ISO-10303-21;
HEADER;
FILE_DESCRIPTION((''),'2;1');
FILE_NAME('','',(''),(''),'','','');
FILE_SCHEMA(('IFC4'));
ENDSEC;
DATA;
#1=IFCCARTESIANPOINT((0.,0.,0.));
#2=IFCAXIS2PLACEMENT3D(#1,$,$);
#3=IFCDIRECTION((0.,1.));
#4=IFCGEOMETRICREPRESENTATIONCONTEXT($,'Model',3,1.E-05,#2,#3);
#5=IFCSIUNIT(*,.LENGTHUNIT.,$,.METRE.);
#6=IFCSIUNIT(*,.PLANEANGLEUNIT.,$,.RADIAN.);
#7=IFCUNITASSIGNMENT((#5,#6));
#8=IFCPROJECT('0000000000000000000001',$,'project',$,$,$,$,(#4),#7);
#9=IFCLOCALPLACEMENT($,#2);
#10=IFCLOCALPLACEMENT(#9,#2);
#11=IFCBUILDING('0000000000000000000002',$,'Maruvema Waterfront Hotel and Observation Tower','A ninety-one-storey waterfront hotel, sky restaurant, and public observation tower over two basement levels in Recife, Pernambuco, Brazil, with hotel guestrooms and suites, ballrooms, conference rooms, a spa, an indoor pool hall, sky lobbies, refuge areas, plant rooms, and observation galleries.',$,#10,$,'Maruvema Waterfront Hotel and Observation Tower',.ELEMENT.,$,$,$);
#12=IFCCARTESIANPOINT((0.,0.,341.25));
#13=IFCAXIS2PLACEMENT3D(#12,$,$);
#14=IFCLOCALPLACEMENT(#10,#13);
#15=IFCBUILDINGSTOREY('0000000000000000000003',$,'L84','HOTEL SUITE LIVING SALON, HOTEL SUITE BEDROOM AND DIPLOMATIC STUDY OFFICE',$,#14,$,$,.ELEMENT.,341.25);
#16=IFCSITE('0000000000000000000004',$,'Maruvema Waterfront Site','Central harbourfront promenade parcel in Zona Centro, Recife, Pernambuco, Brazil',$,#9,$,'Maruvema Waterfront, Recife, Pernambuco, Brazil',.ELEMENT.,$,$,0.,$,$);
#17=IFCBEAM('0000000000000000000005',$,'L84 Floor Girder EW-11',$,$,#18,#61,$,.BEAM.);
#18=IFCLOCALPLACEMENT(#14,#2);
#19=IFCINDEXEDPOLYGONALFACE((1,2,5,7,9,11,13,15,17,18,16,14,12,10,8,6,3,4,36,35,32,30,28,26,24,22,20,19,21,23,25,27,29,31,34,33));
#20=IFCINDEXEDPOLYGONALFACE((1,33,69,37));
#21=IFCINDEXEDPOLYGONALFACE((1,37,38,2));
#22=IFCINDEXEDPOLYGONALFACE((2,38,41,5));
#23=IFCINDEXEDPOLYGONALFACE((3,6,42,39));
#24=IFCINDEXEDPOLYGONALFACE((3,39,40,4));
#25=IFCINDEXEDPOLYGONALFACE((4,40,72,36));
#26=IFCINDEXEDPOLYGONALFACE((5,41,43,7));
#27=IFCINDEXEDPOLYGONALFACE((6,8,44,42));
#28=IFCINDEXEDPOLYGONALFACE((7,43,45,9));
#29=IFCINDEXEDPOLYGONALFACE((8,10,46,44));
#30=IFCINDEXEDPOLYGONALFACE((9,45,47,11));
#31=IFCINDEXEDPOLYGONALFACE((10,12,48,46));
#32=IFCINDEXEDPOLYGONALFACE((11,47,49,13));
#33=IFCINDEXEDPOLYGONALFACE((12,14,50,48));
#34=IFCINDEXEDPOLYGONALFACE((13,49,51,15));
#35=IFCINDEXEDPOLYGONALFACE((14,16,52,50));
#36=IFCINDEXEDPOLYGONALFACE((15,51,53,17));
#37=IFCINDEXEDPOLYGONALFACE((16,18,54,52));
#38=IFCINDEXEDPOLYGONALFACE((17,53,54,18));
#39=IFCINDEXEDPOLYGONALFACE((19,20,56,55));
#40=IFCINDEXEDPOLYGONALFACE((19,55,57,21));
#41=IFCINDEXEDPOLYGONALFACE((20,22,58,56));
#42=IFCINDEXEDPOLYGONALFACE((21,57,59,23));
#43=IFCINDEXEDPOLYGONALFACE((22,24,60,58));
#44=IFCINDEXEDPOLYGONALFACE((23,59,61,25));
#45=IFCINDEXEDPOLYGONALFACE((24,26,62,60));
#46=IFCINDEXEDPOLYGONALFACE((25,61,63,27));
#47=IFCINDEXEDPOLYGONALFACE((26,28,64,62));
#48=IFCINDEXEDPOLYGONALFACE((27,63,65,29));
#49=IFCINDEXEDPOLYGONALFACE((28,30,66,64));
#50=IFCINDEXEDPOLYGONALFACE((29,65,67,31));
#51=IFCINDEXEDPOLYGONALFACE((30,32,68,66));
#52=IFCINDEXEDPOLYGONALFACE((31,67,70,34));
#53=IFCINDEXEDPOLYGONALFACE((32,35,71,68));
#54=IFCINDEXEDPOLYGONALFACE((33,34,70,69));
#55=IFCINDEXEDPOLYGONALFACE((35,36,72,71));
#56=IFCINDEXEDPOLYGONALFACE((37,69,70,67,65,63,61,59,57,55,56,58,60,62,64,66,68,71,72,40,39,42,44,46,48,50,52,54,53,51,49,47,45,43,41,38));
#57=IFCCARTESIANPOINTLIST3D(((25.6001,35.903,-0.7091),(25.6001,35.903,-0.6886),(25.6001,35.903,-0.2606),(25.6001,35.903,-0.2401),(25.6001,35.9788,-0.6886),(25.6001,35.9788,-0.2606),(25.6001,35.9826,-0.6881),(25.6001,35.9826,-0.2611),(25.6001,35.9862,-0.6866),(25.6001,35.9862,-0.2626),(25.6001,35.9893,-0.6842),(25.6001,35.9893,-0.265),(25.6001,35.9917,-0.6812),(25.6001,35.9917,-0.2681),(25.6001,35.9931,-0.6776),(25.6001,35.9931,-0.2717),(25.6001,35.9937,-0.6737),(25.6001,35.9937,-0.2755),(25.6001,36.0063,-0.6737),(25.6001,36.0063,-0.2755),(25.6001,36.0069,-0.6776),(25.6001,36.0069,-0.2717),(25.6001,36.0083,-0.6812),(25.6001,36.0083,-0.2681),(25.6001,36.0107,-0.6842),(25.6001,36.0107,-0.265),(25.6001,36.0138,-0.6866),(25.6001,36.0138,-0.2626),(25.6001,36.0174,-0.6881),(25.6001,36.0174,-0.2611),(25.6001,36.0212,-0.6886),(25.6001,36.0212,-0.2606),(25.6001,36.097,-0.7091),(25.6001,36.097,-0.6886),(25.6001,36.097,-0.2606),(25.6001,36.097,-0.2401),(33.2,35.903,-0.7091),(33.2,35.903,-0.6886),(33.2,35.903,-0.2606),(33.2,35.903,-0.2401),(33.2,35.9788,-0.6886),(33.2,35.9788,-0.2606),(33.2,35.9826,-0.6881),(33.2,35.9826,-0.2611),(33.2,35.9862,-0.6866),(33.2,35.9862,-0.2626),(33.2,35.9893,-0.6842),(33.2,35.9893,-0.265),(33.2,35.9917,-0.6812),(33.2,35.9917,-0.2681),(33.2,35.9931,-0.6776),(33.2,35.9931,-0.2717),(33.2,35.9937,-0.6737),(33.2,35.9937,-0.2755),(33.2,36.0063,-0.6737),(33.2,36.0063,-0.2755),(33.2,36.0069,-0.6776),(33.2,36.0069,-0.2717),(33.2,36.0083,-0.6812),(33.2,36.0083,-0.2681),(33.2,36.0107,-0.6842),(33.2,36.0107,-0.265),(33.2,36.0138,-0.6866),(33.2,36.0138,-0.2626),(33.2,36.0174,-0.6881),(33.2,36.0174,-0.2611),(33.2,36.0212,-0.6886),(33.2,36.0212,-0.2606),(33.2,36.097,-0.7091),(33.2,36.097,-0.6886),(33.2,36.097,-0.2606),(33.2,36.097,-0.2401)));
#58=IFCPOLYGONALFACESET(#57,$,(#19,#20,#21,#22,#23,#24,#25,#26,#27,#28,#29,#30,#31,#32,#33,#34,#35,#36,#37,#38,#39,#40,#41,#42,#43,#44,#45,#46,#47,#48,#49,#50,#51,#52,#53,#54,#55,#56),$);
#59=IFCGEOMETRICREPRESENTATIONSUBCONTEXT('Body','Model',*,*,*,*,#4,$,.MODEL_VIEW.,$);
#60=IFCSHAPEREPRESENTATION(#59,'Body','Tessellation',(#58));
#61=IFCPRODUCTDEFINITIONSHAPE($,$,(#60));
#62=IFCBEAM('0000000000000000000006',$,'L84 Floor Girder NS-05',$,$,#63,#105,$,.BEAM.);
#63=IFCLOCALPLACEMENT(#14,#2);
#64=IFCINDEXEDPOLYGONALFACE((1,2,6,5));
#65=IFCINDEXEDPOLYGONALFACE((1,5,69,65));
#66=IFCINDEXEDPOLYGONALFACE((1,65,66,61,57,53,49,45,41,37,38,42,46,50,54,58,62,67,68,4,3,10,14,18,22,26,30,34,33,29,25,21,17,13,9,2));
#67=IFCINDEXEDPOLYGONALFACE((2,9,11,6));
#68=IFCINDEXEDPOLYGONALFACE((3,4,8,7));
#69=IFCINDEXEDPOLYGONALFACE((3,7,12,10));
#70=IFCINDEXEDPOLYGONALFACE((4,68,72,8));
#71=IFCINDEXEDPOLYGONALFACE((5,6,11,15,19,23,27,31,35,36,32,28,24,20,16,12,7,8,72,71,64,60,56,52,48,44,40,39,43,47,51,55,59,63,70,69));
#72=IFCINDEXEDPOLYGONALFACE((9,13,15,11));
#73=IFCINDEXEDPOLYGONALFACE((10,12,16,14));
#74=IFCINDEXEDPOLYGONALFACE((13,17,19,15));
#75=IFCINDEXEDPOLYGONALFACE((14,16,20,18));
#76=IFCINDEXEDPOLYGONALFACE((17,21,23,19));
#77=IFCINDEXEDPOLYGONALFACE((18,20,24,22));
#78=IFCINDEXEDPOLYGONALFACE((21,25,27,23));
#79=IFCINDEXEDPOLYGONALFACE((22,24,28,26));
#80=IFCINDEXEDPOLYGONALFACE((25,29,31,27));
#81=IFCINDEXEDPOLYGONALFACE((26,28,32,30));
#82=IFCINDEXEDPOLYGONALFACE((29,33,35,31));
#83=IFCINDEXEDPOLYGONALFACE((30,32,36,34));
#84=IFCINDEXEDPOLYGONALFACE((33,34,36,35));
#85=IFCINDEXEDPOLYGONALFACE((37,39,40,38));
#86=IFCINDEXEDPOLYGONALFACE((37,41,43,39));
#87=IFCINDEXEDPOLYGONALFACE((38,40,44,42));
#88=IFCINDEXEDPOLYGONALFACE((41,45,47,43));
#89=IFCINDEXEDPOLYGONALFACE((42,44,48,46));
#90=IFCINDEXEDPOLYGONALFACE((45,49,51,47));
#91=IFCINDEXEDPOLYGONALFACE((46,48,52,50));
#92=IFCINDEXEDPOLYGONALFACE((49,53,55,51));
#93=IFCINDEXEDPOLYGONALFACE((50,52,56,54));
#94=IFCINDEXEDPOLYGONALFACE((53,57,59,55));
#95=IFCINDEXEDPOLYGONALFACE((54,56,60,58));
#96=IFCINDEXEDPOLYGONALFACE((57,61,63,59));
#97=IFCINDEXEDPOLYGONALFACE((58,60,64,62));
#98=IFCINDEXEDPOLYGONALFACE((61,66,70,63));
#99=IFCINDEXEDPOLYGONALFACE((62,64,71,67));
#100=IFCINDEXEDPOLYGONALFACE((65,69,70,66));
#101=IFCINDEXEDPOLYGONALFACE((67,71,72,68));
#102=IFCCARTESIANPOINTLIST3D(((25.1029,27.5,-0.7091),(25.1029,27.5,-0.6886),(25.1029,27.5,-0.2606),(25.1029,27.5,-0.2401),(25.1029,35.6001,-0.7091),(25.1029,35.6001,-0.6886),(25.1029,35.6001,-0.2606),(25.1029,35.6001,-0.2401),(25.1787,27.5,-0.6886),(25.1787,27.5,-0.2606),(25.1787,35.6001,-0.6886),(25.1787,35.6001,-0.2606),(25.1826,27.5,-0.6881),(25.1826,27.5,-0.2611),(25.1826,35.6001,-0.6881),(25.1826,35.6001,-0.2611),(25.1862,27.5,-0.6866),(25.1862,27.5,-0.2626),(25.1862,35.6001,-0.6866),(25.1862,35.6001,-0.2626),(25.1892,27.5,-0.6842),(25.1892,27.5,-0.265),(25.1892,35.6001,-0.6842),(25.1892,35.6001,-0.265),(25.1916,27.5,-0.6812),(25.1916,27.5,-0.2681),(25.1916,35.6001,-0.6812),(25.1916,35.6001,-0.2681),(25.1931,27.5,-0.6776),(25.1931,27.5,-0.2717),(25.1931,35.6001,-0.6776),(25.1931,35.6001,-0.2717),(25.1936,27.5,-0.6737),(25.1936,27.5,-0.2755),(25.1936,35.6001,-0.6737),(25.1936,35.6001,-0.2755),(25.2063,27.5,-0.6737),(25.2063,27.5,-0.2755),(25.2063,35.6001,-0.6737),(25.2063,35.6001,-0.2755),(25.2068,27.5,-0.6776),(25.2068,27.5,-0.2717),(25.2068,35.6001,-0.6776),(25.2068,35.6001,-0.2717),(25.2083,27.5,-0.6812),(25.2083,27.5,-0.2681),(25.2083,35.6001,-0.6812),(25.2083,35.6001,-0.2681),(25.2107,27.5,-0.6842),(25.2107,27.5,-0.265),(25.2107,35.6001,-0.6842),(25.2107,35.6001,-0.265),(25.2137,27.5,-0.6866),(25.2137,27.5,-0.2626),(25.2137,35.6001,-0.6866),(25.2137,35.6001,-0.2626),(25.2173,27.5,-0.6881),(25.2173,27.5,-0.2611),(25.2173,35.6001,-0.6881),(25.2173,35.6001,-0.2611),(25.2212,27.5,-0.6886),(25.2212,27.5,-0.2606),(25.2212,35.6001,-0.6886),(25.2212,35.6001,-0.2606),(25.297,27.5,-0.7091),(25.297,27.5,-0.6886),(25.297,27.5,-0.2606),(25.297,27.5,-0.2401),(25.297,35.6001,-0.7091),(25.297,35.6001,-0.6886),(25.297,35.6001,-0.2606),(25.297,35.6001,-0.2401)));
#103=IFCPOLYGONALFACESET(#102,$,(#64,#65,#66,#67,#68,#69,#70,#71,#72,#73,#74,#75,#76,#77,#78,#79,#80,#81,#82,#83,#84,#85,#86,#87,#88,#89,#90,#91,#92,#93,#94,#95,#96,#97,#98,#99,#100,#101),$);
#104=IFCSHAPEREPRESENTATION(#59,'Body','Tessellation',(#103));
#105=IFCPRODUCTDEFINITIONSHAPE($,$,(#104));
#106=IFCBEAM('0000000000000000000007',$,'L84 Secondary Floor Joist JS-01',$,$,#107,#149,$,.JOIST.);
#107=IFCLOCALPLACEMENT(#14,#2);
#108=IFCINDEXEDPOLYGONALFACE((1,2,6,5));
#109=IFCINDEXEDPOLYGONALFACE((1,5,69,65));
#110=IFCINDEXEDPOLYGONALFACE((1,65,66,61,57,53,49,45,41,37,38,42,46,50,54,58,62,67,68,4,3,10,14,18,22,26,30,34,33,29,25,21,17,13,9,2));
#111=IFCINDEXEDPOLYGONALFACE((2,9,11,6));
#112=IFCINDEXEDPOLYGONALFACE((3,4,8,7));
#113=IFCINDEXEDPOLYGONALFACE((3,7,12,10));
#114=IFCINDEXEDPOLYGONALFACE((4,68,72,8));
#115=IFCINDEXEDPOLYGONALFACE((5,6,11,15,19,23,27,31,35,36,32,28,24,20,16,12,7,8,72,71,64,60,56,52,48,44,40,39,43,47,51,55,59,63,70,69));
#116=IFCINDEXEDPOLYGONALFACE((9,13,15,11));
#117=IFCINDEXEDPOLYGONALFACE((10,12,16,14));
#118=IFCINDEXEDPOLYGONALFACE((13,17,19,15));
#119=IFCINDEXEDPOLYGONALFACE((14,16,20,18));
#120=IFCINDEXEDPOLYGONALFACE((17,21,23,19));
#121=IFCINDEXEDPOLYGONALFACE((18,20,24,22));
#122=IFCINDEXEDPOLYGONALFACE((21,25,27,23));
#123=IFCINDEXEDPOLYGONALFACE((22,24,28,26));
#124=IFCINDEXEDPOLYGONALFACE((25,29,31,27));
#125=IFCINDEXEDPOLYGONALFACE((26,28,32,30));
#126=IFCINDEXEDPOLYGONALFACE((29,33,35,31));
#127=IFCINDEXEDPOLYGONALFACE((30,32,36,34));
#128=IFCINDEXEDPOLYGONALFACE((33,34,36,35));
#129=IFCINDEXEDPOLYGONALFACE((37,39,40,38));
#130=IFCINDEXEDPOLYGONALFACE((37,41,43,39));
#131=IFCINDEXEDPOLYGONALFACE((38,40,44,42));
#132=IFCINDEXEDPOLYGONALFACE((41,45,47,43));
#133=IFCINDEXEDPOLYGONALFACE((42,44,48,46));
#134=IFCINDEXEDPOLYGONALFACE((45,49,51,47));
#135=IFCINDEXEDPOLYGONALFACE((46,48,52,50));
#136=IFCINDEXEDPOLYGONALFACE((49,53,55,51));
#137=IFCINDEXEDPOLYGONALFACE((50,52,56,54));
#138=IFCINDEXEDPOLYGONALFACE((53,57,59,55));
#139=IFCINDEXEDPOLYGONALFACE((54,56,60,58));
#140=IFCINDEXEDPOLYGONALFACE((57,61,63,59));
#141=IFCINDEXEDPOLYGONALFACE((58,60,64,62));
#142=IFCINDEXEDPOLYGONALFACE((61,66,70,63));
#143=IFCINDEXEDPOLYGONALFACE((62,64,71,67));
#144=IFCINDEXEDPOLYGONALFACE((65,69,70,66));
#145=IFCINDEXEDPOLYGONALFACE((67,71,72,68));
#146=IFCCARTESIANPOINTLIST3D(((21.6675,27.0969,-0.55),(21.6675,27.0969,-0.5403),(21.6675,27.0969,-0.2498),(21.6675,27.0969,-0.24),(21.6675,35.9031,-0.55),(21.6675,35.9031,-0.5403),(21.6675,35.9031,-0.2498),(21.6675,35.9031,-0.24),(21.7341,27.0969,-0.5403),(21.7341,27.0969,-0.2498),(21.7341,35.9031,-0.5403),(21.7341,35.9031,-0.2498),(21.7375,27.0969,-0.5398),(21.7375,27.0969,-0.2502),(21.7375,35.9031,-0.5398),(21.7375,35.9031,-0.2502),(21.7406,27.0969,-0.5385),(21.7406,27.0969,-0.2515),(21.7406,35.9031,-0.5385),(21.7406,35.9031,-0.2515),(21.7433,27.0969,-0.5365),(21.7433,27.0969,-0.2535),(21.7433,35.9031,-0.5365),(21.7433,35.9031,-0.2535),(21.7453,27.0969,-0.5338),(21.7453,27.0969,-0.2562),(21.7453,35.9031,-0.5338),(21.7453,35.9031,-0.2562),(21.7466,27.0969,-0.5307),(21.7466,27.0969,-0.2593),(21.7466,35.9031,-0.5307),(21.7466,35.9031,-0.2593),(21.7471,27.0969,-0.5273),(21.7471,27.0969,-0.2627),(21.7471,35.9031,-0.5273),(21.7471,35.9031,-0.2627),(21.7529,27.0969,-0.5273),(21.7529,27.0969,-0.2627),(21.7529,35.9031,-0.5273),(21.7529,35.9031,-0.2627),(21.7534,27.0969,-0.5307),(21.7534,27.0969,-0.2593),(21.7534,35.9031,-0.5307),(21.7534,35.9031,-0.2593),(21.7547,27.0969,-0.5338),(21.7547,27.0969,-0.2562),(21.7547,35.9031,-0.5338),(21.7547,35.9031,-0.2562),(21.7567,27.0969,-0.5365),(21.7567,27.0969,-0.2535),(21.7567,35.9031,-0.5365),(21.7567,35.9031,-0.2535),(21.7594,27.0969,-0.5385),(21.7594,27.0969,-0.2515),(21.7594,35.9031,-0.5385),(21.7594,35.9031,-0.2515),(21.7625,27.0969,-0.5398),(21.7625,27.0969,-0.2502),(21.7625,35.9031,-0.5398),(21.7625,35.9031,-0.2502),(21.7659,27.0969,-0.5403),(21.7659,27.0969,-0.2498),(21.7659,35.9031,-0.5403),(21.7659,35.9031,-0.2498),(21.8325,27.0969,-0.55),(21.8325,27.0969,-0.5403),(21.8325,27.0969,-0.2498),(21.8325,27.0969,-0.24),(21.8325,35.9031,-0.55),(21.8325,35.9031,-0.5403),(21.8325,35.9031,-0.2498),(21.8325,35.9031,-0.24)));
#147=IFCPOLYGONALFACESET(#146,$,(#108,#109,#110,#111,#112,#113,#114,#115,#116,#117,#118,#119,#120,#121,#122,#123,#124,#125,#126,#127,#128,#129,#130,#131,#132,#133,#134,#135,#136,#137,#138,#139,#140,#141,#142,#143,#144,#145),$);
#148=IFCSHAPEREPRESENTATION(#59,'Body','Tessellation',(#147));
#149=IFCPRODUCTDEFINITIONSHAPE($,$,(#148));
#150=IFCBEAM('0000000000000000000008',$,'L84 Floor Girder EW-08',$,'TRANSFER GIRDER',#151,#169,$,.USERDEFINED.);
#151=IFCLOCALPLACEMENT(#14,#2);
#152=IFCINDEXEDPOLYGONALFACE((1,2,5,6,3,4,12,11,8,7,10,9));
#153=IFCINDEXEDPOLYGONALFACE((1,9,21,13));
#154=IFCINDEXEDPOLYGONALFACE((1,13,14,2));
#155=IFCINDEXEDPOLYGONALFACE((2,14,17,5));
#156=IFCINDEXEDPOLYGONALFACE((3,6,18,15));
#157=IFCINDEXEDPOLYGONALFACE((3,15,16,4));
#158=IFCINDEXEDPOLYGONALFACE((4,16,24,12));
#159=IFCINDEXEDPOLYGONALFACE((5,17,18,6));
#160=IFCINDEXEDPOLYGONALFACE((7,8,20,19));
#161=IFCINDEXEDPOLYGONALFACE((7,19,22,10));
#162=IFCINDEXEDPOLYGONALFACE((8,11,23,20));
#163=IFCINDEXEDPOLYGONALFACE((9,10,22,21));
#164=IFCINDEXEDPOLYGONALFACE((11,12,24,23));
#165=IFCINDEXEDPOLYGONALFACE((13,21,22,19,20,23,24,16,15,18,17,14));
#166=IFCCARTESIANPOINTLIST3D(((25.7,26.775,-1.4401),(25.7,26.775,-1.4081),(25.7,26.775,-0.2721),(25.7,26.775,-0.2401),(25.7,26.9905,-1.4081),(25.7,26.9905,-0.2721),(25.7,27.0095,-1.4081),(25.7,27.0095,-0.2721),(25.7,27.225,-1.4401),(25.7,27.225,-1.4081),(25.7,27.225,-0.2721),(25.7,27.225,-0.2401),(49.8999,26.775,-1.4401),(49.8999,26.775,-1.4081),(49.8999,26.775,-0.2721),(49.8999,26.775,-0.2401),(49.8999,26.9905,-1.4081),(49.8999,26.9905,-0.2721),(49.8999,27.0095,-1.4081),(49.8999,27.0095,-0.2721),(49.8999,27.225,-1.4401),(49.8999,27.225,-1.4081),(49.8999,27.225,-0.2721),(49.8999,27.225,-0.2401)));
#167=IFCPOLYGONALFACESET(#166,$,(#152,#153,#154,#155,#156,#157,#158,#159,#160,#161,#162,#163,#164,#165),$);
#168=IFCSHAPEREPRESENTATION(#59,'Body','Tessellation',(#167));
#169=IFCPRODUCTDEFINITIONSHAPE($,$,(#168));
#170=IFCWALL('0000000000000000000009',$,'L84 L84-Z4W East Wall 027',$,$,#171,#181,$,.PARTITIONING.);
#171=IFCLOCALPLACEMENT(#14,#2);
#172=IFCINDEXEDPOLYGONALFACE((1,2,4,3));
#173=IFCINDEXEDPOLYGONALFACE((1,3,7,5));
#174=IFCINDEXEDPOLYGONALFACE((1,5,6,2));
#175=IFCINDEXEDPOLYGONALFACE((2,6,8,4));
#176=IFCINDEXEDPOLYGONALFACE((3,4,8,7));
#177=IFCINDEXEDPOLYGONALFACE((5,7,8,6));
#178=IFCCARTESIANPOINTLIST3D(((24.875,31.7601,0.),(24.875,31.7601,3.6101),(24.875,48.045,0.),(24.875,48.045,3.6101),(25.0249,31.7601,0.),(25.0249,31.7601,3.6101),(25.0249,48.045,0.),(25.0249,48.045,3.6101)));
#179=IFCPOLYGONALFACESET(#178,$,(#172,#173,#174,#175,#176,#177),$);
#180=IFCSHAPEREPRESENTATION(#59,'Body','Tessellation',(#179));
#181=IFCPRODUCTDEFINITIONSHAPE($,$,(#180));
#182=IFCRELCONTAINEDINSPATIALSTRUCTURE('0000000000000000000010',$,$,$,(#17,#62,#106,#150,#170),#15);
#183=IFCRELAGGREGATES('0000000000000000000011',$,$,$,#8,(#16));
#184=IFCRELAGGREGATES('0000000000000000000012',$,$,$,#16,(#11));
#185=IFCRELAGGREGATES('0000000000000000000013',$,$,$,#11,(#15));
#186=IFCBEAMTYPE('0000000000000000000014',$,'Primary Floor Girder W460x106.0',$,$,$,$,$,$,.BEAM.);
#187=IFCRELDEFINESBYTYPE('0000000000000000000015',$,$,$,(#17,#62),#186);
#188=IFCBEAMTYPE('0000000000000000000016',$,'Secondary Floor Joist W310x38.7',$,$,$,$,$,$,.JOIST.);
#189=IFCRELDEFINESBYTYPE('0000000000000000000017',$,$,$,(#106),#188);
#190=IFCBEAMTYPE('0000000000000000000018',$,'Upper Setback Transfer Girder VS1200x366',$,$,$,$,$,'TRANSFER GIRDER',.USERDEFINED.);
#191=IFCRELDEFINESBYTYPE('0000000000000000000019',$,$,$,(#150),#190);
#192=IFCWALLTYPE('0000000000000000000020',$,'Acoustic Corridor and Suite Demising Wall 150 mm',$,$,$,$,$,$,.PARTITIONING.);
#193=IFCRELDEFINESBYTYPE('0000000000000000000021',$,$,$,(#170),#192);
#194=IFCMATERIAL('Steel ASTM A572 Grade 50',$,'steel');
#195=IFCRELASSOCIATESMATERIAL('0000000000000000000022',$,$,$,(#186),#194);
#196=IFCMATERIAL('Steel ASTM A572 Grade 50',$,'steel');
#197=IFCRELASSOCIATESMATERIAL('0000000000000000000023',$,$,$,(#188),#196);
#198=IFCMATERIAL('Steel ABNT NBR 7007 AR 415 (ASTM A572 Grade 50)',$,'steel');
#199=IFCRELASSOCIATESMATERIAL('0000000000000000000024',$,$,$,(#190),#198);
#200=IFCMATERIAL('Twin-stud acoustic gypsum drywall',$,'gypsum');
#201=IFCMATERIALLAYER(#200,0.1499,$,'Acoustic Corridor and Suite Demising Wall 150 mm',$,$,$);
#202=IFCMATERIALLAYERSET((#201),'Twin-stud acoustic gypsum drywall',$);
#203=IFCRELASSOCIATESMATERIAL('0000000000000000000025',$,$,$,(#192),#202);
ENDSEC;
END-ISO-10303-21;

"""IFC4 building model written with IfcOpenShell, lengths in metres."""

from ifc_helpers import new_model, si_unit, direction, frame, frame_2d, origin, origin_2d, place, context, subcontext, project, spatial, rectangle, i_section, extrude, material, layer, layer_set, material_profile, profile_set, type_object, element, save


model = new_model("IFC4")

# Units and contexts
model_context = context("Model", 3, precision=1e-05, world=origin(), true_north=direction((0.0, 1.0)))
body_context = subcontext(model_context, "Body", "Model", "MODEL_VIEW")
ifc_project = project(units=[si_unit("LENGTHUNIT", "METRE"), si_unit("PLANEANGLEUNIT", "RADIAN")], contexts=[model_context])

# Site, building, storey
site_placement = place(None, origin())
site = spatial("IfcSite", under=ifc_project, at=site_placement, Name="Maruvema Waterfront Site", Description="Central harbourfront promenade parcel in Zona Centro, Recife, Pernambuco, Brazil", LongName="Maruvema Waterfront, Recife, Pernambuco, Brazil", CompositionType="ELEMENT", RefElevation=0.0)
building_placement = place(site_placement, origin())
building = spatial("IfcBuilding", under=site, at=building_placement, Name="Maruvema Waterfront Hotel and Observation Tower", Description="A ninety-one-storey waterfront hotel, sky restaurant, and public observation tower over two basement levels in Recife, Pernambuco, Brazil, with hotel guestrooms and suites, ballrooms, conference rooms, a spa, an indoor pool hall, sky lobbies, refuge areas, plant rooms, and observation galleries.", LongName="Maruvema Waterfront Hotel and Observation Tower", CompositionType="ELEMENT")
storey_placement = place(building_placement, frame((0.0, 0.0, 341.25)))
storey = spatial("IfcBuildingStorey", under=building, at=storey_placement, Name="L84", Description="HOTEL SUITE LIVING SALON, HOTEL SUITE BEDROOM AND DIPLOMATIC STUDY OFFICE", CompositionType="ELEMENT", Elevation=341.25)

# Beams
ifc_material_1 = material(Name="Steel ASTM A572 Grade 50", Category="steel")
ifc_material_profile_1 = material_profile(ifc_material_1, i_section(OverallWidth=0.1941, OverallDepth=0.469, WebThickness=0.0127, FlangeThickness=0.0205, FilletRadius=0.0149, at=origin_2d()), Name="W460x106.0")
ifc_profile_set_1 = profile_set([ifc_material_profile_1], Name="Steel ASTM A572 Grade 50")
beam_type_1 = type_object("IfcBeamType", Name="Primary Floor Girder W460x106.0", PredefinedType="BEAM", material=ifc_profile_set_1)
beam_1_placement = place(storey_placement, frame((25.6001, 36.0, -0.4746), z_axis=(1.0, 0.0, 0.0), x_axis=(0.0, 1.0, 0.0)))
element("IfcBeam", 1, at=beam_1_placement, inside=storey, type_object=beam_type_1, Name="L84 Floor Girder EW-11", PredefinedType="BEAM", context=body_context, shape_type="SweptSolid", body=[
    extrude(i_section(OverallWidth=0.1941, OverallDepth=0.469, WebThickness=0.0127, FlangeThickness=0.0205, FilletRadius=0.0149, at=origin_2d()), origin(), (0.0, 0.0, 1.0), 7.5999),
])
beam_2_placement = place(storey_placement, frame((25.2, 27.5, -0.4746), z_axis=(0.0, 1.0, 0.0), x_axis=(-1.0, 0.0, 0.0)))
element("IfcBeam", 2, at=beam_2_placement, inside=storey, type_object=beam_type_1, Name="L84 Floor Girder NS-05", PredefinedType="BEAM", context=body_context, shape_type="SweptSolid", body=[
    extrude(i_section(OverallWidth=0.1941, OverallDepth=0.469, WebThickness=0.0127, FlangeThickness=0.0205, FilletRadius=0.0149, at=origin_2d()), origin(), (0.0, 0.0, 1.0), 8.1001),
])
ifc_material_2 = material(Name="Steel ASTM A572 Grade 50", Category="steel")
ifc_material_profile_2 = material_profile(ifc_material_2, i_section(OverallWidth=0.165, OverallDepth=0.3101, WebThickness=0.0059, FlangeThickness=0.0098, FilletRadius=0.0129, at=origin_2d()), Name="W310x38.7")
ifc_profile_set_2 = profile_set([ifc_material_profile_2], Name="Steel ASTM A572 Grade 50")
beam_type_2 = type_object("IfcBeamType", Name="Secondary Floor Joist W310x38.7", PredefinedType="JOIST", material=ifc_profile_set_2)
beam_3_placement = place(storey_placement, frame((21.75, 27.0969, -0.395), z_axis=(0.0, 1.0, 0.0), x_axis=(-1.0, 0.0, 0.0)))
element("IfcBeam", 3, at=beam_3_placement, inside=storey, type_object=beam_type_2, Name="L84 Secondary Floor Joist JS-01", PredefinedType="JOIST", context=body_context, shape_type="SweptSolid", body=[
    extrude(i_section(OverallWidth=0.165, OverallDepth=0.3101, WebThickness=0.0059, FlangeThickness=0.0098, FilletRadius=0.0129, at=origin_2d()), origin(), (0.0, 0.0, 1.0), 8.8062),
])
ifc_material_3 = material(Name="Steel ABNT NBR 7007 AR 415 (ASTM A572 Grade 50)", Category="steel")
ifc_material_profile_3 = material_profile(ifc_material_3, i_section(OverallWidth=0.45, OverallDepth=1.2, WebThickness=0.019, FlangeThickness=0.032, at=origin_2d()), Name="VS1200x366")
ifc_profile_set_3 = profile_set([ifc_material_profile_3], Name="Steel ABNT NBR 7007 AR 415 (ASTM A572 Grade 50)")
beam_type_3 = type_object("IfcBeamType", Name="Upper Setback Transfer Girder VS1200x366", ElementType="TRANSFER GIRDER", PredefinedType="USERDEFINED", material=ifc_profile_set_3)
beam_4_placement = place(storey_placement, frame((25.7, 27.0, -0.8401), z_axis=(1.0, 0.0, 0.0), x_axis=(0.0, 1.0, 0.0)))
element("IfcBeam", 4, at=beam_4_placement, inside=storey, type_object=beam_type_3, Name="L84 Floor Girder EW-08", ObjectType="TRANSFER GIRDER", PredefinedType="USERDEFINED", context=body_context, shape_type="SweptSolid", body=[
    extrude(i_section(OverallWidth=0.45, OverallDepth=1.2, WebThickness=0.019, FlangeThickness=0.032, at=origin_2d()), origin(), (0.0, 0.0, 1.0), 24.2),
])

# Wall
ifc_material_4 = material(Name="Twin-stud acoustic gypsum drywall", Category="gypsum")
ifc_layer_1 = layer(ifc_material_4, 0.1499, Name="Acoustic Corridor and Suite Demising Wall 150 mm")
ifc_layer_set_1 = layer_set([ifc_layer_1], Name="Twin-stud acoustic gypsum drywall")
wall_type_1 = type_object("IfcWallType", Name="Acoustic Corridor and Suite Demising Wall 150 mm", PredefinedType="PARTITIONING", material=ifc_layer_set_1)
wall_1_placement = place(storey_placement, frame((24.95, 31.76, 0.0), z_axis=(0.0, 0.0, 1.0), x_axis=(0.0, 1.0, 0.0)))
element("IfcWall", 5, at=wall_1_placement, inside=storey, type_object=wall_type_1, Name="L84 L84-Z4W East Wall 027", PredefinedType="PARTITIONING", context=body_context, shape_type="SweptSolid", body=[
    extrude(rectangle(XDim=16.2849, YDim=0.1499, at=frame_2d((8.1426, 0.0))), origin(), (0.0, 0.0, 1.0), 3.6101),
])

save(model, "model.ifc")
